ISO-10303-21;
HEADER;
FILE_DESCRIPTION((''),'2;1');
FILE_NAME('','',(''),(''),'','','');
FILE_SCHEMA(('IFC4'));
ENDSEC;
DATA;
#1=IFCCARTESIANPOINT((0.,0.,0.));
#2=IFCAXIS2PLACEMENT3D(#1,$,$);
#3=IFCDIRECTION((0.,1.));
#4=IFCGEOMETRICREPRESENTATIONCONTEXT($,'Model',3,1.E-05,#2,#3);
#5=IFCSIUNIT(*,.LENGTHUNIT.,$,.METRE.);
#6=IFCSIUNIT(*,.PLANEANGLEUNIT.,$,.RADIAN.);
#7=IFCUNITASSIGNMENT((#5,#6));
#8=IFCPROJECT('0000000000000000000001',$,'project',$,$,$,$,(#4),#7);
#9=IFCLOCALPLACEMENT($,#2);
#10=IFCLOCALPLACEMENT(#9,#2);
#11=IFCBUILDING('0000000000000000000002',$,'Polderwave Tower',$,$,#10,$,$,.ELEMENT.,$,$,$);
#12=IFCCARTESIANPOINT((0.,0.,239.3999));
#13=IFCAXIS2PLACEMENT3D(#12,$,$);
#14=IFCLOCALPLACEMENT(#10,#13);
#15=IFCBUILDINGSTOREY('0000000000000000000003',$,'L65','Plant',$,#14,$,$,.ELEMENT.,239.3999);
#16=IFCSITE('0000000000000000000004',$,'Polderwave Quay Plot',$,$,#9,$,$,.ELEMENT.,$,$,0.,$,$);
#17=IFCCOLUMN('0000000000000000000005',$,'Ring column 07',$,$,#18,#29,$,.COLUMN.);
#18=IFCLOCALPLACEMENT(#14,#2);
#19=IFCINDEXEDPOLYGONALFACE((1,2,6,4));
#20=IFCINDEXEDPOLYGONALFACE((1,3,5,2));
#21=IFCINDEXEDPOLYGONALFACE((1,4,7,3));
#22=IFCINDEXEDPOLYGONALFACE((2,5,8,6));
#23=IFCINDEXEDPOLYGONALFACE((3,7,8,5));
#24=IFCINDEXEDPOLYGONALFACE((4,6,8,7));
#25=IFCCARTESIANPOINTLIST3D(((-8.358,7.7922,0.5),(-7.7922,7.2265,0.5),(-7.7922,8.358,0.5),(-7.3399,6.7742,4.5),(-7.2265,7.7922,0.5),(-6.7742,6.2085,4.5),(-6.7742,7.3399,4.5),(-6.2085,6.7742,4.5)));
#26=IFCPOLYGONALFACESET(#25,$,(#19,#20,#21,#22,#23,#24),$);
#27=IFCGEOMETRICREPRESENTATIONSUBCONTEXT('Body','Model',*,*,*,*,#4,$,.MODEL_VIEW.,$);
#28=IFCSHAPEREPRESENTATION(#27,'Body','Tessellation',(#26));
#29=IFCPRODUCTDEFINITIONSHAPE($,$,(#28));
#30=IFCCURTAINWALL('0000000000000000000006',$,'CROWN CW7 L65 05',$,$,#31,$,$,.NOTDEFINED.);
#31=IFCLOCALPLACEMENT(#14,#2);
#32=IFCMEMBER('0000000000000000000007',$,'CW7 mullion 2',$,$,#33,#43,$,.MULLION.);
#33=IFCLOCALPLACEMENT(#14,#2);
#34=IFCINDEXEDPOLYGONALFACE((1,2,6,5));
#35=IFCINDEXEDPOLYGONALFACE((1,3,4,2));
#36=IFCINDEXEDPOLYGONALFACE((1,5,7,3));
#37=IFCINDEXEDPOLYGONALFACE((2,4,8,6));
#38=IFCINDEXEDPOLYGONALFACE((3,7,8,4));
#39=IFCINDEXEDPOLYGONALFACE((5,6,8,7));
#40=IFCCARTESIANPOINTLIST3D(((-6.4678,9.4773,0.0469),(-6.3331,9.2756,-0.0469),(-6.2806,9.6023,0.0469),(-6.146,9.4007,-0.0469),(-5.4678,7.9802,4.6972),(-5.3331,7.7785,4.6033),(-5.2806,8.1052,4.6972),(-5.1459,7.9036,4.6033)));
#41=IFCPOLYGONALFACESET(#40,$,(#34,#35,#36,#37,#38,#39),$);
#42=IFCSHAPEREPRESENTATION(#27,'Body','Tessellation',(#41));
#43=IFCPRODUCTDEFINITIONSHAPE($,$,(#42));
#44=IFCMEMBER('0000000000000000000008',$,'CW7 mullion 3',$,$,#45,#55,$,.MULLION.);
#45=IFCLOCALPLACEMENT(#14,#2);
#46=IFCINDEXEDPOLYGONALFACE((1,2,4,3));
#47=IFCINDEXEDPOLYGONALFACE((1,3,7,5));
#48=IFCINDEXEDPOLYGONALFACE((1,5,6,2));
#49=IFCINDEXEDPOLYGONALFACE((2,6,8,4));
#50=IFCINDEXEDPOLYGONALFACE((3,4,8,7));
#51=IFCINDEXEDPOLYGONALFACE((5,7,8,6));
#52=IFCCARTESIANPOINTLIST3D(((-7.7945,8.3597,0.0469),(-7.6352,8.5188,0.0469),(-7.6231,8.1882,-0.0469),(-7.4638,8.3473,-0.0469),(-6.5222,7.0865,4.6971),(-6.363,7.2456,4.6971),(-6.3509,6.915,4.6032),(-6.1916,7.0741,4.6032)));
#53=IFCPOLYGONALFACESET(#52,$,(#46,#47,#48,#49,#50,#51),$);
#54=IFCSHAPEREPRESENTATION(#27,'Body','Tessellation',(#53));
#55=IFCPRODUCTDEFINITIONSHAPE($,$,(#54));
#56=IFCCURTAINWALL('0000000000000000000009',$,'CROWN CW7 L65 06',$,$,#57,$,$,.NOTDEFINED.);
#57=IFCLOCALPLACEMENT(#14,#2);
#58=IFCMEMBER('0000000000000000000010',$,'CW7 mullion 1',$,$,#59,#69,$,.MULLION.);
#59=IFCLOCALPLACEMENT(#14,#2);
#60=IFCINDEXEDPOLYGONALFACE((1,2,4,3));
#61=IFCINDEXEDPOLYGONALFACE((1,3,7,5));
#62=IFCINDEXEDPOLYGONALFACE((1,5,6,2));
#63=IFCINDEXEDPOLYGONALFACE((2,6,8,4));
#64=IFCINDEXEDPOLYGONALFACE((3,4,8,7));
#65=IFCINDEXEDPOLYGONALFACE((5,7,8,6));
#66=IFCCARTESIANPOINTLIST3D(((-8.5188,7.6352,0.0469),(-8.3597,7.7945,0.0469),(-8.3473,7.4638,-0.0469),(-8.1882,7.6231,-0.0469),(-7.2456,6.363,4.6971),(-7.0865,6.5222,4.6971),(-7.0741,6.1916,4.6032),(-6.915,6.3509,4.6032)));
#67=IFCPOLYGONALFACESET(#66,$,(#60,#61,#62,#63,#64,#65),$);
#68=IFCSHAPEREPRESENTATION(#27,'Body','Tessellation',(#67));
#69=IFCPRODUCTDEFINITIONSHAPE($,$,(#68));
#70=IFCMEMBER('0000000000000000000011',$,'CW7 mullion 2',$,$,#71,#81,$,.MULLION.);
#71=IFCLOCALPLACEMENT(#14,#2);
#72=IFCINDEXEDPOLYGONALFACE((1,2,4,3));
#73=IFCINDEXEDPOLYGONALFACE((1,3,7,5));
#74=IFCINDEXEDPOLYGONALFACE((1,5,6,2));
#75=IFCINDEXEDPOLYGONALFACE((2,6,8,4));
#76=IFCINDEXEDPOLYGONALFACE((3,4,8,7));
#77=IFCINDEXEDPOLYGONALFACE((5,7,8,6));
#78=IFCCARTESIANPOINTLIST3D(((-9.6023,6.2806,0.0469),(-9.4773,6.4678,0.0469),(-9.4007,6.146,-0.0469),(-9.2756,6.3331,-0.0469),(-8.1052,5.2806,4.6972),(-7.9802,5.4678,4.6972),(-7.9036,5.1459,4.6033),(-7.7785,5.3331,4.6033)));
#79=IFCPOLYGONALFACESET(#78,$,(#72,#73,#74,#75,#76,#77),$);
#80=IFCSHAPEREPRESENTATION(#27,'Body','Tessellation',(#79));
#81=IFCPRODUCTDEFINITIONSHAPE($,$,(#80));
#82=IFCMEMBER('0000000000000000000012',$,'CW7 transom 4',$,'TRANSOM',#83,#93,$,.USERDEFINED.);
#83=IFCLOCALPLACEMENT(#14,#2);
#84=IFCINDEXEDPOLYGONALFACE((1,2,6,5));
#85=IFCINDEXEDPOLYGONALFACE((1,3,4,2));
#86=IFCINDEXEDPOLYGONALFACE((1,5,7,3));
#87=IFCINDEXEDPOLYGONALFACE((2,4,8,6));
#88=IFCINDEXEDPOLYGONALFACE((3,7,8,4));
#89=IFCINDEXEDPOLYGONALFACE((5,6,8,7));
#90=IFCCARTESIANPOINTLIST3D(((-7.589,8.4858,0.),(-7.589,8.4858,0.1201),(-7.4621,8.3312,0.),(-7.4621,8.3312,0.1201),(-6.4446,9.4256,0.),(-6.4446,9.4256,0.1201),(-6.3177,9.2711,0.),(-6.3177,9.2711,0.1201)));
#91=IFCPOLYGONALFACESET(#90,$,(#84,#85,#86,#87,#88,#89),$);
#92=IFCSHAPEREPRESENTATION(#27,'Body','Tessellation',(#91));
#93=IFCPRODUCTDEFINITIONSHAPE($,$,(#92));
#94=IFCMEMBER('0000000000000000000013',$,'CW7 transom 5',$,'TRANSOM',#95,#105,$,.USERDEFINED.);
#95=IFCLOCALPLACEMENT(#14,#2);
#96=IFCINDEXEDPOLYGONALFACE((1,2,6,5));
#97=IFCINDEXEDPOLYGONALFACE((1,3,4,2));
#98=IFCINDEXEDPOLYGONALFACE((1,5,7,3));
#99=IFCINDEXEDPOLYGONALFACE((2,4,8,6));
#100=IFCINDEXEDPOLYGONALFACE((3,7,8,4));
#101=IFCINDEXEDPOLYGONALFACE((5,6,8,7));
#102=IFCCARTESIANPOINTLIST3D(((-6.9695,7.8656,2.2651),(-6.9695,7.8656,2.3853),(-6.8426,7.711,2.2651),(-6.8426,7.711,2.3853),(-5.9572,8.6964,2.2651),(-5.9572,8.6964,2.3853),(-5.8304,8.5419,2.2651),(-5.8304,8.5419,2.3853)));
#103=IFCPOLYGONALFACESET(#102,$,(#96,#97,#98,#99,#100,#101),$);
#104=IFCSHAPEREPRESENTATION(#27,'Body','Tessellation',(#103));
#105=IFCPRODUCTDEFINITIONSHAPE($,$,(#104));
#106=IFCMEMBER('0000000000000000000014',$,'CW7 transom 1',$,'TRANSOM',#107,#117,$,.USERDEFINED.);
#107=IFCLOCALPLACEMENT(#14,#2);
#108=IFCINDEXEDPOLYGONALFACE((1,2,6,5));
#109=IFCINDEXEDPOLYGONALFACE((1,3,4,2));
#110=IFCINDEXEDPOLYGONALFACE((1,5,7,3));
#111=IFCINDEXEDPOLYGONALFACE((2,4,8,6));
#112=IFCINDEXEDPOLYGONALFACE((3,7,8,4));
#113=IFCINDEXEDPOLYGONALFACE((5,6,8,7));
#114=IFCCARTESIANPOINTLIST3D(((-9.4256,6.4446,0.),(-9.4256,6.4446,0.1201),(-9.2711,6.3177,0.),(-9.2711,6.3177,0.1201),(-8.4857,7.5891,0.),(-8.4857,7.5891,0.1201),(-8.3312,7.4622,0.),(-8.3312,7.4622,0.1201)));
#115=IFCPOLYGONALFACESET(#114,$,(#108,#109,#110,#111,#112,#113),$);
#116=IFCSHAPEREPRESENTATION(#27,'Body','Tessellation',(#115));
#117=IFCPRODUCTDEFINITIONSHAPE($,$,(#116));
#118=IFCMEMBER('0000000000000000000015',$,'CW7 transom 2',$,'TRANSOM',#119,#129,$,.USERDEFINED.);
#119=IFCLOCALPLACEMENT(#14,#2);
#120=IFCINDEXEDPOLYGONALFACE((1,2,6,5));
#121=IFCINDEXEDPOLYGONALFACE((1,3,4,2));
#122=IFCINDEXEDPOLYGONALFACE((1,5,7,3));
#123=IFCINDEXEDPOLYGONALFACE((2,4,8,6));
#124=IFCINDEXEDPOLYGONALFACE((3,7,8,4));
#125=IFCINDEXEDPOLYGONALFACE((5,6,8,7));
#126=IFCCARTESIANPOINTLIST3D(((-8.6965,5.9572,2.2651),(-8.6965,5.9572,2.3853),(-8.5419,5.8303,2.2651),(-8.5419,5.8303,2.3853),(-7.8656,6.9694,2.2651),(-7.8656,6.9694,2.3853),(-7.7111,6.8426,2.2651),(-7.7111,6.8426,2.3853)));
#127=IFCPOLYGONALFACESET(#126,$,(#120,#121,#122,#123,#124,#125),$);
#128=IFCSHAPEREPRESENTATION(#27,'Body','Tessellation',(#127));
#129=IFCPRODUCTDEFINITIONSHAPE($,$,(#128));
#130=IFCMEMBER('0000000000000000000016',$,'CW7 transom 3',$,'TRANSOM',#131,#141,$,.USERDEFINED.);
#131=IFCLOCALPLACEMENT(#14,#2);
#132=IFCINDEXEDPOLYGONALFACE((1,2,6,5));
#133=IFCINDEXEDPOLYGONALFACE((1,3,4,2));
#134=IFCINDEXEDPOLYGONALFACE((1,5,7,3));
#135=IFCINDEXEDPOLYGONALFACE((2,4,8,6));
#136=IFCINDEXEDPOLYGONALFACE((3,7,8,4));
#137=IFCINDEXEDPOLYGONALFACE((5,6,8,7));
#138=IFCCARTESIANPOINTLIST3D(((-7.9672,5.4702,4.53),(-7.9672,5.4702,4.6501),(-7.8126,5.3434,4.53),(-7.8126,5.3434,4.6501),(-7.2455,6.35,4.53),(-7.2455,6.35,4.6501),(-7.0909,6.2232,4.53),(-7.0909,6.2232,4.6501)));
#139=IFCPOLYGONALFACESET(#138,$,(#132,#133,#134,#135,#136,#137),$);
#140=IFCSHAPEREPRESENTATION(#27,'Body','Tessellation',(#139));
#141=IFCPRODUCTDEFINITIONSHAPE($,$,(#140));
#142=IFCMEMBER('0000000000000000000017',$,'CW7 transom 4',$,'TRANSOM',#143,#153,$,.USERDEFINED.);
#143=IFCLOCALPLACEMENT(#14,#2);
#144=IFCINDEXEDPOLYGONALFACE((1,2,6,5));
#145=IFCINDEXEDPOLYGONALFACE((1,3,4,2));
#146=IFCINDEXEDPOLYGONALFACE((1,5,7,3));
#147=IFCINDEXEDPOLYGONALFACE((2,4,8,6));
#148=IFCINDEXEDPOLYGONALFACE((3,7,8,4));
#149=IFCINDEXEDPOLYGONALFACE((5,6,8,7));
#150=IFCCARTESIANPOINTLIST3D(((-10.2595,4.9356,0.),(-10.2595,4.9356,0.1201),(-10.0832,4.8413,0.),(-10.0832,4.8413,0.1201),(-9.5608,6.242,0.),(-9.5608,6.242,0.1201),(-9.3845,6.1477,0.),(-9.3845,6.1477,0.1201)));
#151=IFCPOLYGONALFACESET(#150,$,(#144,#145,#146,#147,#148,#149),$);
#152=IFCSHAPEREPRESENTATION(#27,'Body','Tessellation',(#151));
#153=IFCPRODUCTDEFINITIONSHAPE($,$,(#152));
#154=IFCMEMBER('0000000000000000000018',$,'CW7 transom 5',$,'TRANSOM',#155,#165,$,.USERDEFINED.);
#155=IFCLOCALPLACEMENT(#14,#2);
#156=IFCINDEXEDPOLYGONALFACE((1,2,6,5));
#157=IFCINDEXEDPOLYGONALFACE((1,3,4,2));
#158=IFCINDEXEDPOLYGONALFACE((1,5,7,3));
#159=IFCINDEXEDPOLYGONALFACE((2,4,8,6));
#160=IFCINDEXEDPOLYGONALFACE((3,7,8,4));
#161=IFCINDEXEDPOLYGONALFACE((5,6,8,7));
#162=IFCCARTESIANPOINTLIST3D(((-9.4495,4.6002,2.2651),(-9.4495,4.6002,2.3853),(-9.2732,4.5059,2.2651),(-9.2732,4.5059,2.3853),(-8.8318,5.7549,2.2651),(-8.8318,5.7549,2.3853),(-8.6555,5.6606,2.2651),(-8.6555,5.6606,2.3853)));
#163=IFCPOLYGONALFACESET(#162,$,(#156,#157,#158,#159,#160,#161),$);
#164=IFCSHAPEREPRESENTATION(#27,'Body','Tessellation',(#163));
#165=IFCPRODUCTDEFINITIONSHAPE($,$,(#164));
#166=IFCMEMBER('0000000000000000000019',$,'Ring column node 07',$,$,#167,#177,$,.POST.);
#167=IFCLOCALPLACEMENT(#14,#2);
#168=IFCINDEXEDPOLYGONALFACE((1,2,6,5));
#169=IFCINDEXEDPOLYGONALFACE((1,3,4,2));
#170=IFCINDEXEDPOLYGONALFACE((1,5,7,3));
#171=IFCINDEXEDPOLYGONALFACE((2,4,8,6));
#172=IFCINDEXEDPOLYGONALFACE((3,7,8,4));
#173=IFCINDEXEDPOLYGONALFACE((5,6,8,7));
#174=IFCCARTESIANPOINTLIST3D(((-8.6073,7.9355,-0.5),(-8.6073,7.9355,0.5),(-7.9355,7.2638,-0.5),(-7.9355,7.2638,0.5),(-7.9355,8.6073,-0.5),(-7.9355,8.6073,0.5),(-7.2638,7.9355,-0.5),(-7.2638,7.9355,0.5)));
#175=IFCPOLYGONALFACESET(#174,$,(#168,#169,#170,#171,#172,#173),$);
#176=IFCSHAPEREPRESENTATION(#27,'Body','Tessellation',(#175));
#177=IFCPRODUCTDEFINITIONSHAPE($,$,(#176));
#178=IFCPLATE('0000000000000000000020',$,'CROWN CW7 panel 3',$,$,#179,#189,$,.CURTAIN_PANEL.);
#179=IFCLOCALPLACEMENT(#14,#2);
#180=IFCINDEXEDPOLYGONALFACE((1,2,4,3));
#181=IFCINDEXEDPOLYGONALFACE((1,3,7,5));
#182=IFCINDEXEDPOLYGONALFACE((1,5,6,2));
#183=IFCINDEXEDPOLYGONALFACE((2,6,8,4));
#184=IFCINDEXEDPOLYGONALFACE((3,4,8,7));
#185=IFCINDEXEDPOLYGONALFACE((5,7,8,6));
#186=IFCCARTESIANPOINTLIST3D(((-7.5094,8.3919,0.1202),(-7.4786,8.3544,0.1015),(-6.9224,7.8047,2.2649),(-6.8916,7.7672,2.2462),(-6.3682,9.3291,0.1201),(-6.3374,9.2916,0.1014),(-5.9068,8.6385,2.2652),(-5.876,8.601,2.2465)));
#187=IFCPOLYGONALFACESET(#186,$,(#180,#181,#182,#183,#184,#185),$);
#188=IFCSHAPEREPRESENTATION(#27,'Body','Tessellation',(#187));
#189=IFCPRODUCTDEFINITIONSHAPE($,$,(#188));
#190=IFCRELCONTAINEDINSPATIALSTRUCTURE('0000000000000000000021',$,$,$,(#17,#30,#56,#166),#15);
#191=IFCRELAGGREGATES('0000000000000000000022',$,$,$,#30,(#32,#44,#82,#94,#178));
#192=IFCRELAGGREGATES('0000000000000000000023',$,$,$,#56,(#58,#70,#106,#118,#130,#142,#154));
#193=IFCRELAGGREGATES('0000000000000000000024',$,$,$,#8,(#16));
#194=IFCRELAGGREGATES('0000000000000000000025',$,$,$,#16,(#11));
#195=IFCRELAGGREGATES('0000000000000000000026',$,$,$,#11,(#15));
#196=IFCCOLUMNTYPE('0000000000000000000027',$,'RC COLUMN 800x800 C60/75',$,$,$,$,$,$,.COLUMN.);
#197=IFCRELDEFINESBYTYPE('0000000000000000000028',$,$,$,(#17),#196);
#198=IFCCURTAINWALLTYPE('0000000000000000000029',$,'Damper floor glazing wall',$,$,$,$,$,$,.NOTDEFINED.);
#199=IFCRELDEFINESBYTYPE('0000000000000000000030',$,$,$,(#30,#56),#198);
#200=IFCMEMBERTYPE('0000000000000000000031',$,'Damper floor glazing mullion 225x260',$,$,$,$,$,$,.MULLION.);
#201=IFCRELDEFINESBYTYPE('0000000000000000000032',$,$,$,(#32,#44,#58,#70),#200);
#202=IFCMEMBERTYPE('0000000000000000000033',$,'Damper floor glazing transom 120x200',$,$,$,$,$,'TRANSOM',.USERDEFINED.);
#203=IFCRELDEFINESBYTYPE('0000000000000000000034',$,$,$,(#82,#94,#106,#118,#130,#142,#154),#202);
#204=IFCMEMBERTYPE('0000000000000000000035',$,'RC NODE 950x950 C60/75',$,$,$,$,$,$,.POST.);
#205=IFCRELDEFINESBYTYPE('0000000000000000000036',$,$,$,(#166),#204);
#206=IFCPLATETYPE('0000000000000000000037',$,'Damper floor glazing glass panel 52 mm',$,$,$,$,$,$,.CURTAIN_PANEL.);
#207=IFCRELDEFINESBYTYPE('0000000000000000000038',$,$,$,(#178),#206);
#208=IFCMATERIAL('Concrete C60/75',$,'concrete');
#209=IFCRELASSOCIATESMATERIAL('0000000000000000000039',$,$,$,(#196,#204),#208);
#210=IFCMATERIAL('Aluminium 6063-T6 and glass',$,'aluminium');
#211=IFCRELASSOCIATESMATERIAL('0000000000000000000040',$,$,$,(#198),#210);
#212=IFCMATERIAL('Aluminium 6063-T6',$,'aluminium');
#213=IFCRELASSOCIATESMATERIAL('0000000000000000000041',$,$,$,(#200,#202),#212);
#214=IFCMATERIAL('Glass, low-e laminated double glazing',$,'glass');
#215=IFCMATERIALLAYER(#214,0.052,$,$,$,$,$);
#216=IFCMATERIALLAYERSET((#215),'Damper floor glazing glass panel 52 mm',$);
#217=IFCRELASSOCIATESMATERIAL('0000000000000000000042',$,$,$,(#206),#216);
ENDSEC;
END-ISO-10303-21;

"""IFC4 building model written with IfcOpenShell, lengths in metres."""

from ifc_helpers import new_model, si_unit, direction, frame, origin, origin_2d, place, context, subcontext, project, spatial, polyline, rectangle, outline, extrude, material, layer, layer_set, material_profile, profile_set, type_object, element, aggregate, save


model = new_model("IFC4")

# Units and contexts
model_context = context("Model", 3, precision=1e-05, world=origin(), true_north=direction((0.0, 1.0)))
body_context = subcontext(model_context, "Body", "Model", "MODEL_VIEW")
ifc_project = project(units=[si_unit("LENGTHUNIT", "METRE"), si_unit("PLANEANGLEUNIT", "RADIAN")], contexts=[model_context])

# Site, building, storey
site_placement = place(None, origin())
site = spatial("IfcSite", under=ifc_project, at=site_placement, Name="Polderwave Quay Plot", CompositionType="ELEMENT", RefElevation=0.0)
building_placement = place(site_placement, origin())
building = spatial("IfcBuilding", under=site, at=building_placement, Name="Polderwave Tower", CompositionType="ELEMENT")
storey_placement = place(building_placement, frame((0.0, 0.0, 239.3999)))
storey = spatial("IfcBuildingStorey", under=building, at=storey_placement, Name="L65", Description="Plant", CompositionType="ELEMENT", Elevation=239.3999)

# Column
ifc_material_1 = material(Name="Concrete C60/75", Category="concrete")
ifc_material_profile_1 = material_profile(ifc_material_1, rectangle(XDim=0.8, YDim=0.8, at=origin_2d()), Name="RC 800x800")
ifc_profile_set_1 = profile_set([ifc_material_profile_1], Name="Concrete C60/75")
column_type = type_object("IfcColumnType", Name="RC COLUMN 800x800 C60/75", PredefinedType="COLUMN", material=ifc_profile_set_1)
column_placement = place(storey_placement, frame((-7.7922, 7.7922, 0.5), z_axis=(0.0, 0.0, 1.0), x_axis=(0.707107, 0.707107, 0.0)))
element("IfcColumn", 1, at=column_placement, inside=storey, type_object=column_type, Name="Ring column 07", PredefinedType="COLUMN", context=body_context, shape_type="SweptSolid", body=[
    extrude(rectangle(XDim=0.8, YDim=0.8, at=origin_2d()), origin(), (0.0, -0.33867, 0.940905), 4.2512),
])

# Curtain walls, members
ifc_material_2 = material(Name="Aluminium 6063-T6 and glass", Category="aluminium")
curtain_wall_type = type_object("IfcCurtainWallType", Name="Damper floor glazing wall", PredefinedType="NOTDEFINED", material=ifc_material_2)
curtain_wall_1_placement = place(storey_placement, origin())
curtain_wall_1 = element("IfcCurtainWall", 2, at=curtain_wall_1_placement, inside=storey, type_object=curtain_wall_type, Name="CROWN CW7 L65 05", PredefinedType="NOTDEFINED")
ifc_material_3 = material(Name="Aluminium 6063-T6", Category="aluminium")
ifc_material_profile_2 = material_profile(ifc_material_3, rectangle(XDim=0.2251, YDim=0.26, at=origin_2d()), Name="AL 225x260")
ifc_profile_set_2 = profile_set([ifc_material_profile_2], Name="Aluminium 6063-T6")
member_type_1 = type_object("IfcMemberType", Name="Damper floor glazing mullion 225x260", PredefinedType="MULLION", material=ifc_profile_set_2)
member_1_placement = place(storey_placement, frame((-6.3069, 9.439, 0.0), z_axis=(0.200542, -0.300225, 0.932549), x_axis=(0.831549, 0.555451, 0.0)))
member_1 = element("IfcMember", 3, at=member_1_placement, type_object=member_type_1, Name="CW7 mullion 2", PredefinedType="MULLION", context=body_context, shape_type="SweptSolid", body=[
    extrude(rectangle(XDim=0.2251, YDim=0.26, at=origin_2d()), origin(), (0.0, 0.0, 1.0), 4.9866),
])
member_2_placement = place(storey_placement, frame((-7.6292, 8.3535, 0.0), z_axis=(0.255141, -0.255337, 0.93258), x_axis=(0.707378, 0.706835, 0.0)))
member_2 = element("IfcMember", 4, at=member_2_placement, type_object=member_type_1, Name="CW7 mullion 3", PredefinedType="MULLION", context=body_context, shape_type="SweptSolid", body=[
    extrude(rectangle(XDim=0.2251, YDim=0.26, at=origin_2d()), origin(), (0.0, 0.0, 1.0), 4.9863),
])
curtain_wall_2_placement = place(storey_placement, origin())
curtain_wall_2 = element("IfcCurtainWall", 5, at=curtain_wall_2_placement, inside=storey, type_object=curtain_wall_type, Name="CROWN CW7 L65 06", PredefinedType="NOTDEFINED")
member_3_placement = place(storey_placement, frame((-8.3535, 7.6292, 0.0), z_axis=(0.255337, -0.255141, 0.93258), x_axis=(0.706835, 0.707378, 0.0)))
member_3 = element("IfcMember", 6, at=member_3_placement, type_object=member_type_1, Name="CW7 mullion 1", PredefinedType="MULLION", context=body_context, shape_type="SweptSolid", body=[
    extrude(rectangle(XDim=0.2251, YDim=0.26, at=origin_2d()), origin(), (0.0, 0.0, 1.0), 4.9863),
])
member_4_placement = place(storey_placement, frame((-9.439, 6.3069, 0.0), z_axis=(0.300225, -0.200542, 0.932549), x_axis=(0.555451, 0.831549, 0.0)))
member_4 = element("IfcMember", 7, at=member_4_placement, type_object=member_type_1, Name="CW7 mullion 2", PredefinedType="MULLION", context=body_context, shape_type="SweptSolid", body=[
    extrude(rectangle(XDim=0.2251, YDim=0.26, at=origin_2d()), origin(), (0.0, 0.0, 1.0), 4.9866),
])

# Members
ifc_material_profile_3 = material_profile(ifc_material_3, rectangle(XDim=0.2, YDim=0.1201, at=origin_2d()), Name="AL 120x200")
ifc_profile_set_3 = profile_set([ifc_material_profile_3], Name="Aluminium 6063-T6")
member_type_2 = type_object("IfcMemberType", Name="Damper floor glazing transom 120x200", ElementType="TRANSOM", PredefinedType="USERDEFINED", material=ifc_profile_set_3)
member_5_placement = place(storey_placement, frame((-6.3811, 9.3484, 0.0601), z_axis=(-0.772796, -0.634655, 0.0), x_axis=(0.634655, -0.772796, 0.0)))
member_5 = element("IfcMember", 8, at=member_5_placement, type_object=member_type_2, Name="CW7 transom 4", ObjectType="TRANSOM", PredefinedType="USERDEFINED", context=body_context, shape_type="SweptSolid", body=[
    extrude(rectangle(XDim=0.2, YDim=0.1201, at=origin_2d()), origin(), (0.0, 0.0, 1.0), 1.481),
])
member_6_placement = place(storey_placement, frame((-5.8938, 8.6191, 2.3252), z_axis=(-0.772968, -0.634445, 0.0), x_axis=(0.634445, -0.772968, 0.0)))
member_6 = element("IfcMember", 9, at=member_6_placement, type_object=member_type_2, Name="CW7 transom 5", ObjectType="TRANSOM", PredefinedType="USERDEFINED", context=body_context, shape_type="SweptSolid", body=[
    extrude(rectangle(XDim=0.2, YDim=0.1201, at=origin_2d()), origin(), (0.0, 0.0, 1.0), 1.3096),
])
member_7_placement = place(storey_placement, frame((-8.4084, 7.5256, 0.0601), z_axis=(-0.634655, -0.772796, 0.0), x_axis=(0.772796, -0.634655, 0.0)))
member_7 = element("IfcMember", 10, at=member_7_placement, type_object=member_type_2, Name="CW7 transom 1", ObjectType="TRANSOM", PredefinedType="USERDEFINED", context=body_context, shape_type="SweptSolid", body=[
    extrude(rectangle(XDim=0.2, YDim=0.1201, at=origin_2d()), origin(), (0.0, 0.0, 1.0), 1.481),
])
member_8_placement = place(storey_placement, frame((-7.7883, 6.906, 2.3252), z_axis=(-0.634445, -0.772968, 0.0), x_axis=(0.772968, -0.634445, 0.0)))
member_8 = element("IfcMember", 11, at=member_8_placement, type_object=member_type_2, Name="CW7 transom 2", ObjectType="TRANSOM", PredefinedType="USERDEFINED", context=body_context, shape_type="SweptSolid", body=[
    extrude(rectangle(XDim=0.2, YDim=0.1201, at=origin_2d()), origin(), (0.0, 0.0, 1.0), 1.3096),
])
member_9_placement = place(storey_placement, frame((-7.1682, 6.2866, 4.5901), z_axis=(-0.634172, -0.773192, 0.0), x_axis=(0.773192, -0.634172, 0.0)))
member_9 = element("IfcMember", 12, at=member_9_placement, type_object=member_type_2, Name="CW7 transom 3", ObjectType="TRANSOM", PredefinedType="USERDEFINED", context=body_context, shape_type="SweptSolid", body=[
    extrude(rectangle(XDim=0.2, YDim=0.1201, at=origin_2d()), origin(), (0.0, 0.0, 1.0), 1.1379),
])
member_10_placement = place(storey_placement, frame((-9.4727, 6.1948, 0.0601), z_axis=(-0.471631, -0.881796, 0.0), x_axis=(0.881796, -0.471631, 0.0)))
member_10 = element("IfcMember", 13, at=member_10_placement, type_object=member_type_2, Name="CW7 transom 4", ObjectType="TRANSOM", PredefinedType="USERDEFINED", context=body_context, shape_type="SweptSolid", body=[
    extrude(rectangle(XDim=0.2, YDim=0.1201, at=origin_2d()), origin(), (0.0, 0.0, 1.0), 1.4814),
])
member_11_placement = place(storey_placement, frame((-8.7437, 5.7078, 2.3252), z_axis=(-0.471652, -0.881785, 0.0), x_axis=(0.881785, -0.471652, 0.0)))
member_11 = element("IfcMember", 14, at=member_11_placement, type_object=member_type_2, Name="CW7 transom 5", ObjectType="TRANSOM", PredefinedType="USERDEFINED", context=body_context, shape_type="SweptSolid", body=[
    extrude(rectangle(XDim=0.2, YDim=0.1201, at=origin_2d()), origin(), (0.0, 0.0, 1.0), 1.3096),
])
ifc_material_profile_4 = material_profile(ifc_material_1, rectangle(XDim=0.95, YDim=0.95, at=origin_2d()), Name="RC 950x950")
ifc_profile_set_4 = profile_set([ifc_material_profile_4], Name="Concrete C60/75")
member_type_3 = type_object("IfcMemberType", Name="RC NODE 950x950 C60/75", PredefinedType="POST", material=ifc_profile_set_4)
member_12_placement = place(storey_placement, frame((-7.9355, 7.9355, -0.5), z_axis=(0.0, 0.0, 1.0), x_axis=(-0.707107, 0.707107, 0.0)))
element("IfcMember", 15, at=member_12_placement, inside=storey, type_object=member_type_3, Name="Ring column node 07", PredefinedType="POST", context=body_context, shape_type="SweptSolid", body=[
    extrude(rectangle(XDim=0.95, YDim=0.95, at=origin_2d()), origin(), (0.0, 0.0, 1.0), 1.0),
])

# Plate
ifc_material_4 = material(Name="Glass, low-e laminated double glazing", Category="glass")
ifc_layer_1 = layer(ifc_material_4, 0.052)
ifc_layer_set_1 = layer_set([ifc_layer_1], Name="Damper floor glazing glass panel 52 mm")
plate_type = type_object("IfcPlateType", Name="Damper floor glazing glass panel 52 mm", PredefinedType="CURTAIN_PANEL", material=ifc_layer_set_1)
plate_1_placement = place(storey_placement, frame((-6.3682, 9.3291, 0.1201), z_axis=(-0.592199, 0.721136, 0.359532), x_axis=(-0.772805, -0.634644, 0.00003)))
plate_1 = element("IfcPlate", 16, at=plate_1_placement, type_object=plate_type, Name="CROWN CW7 panel 3", PredefinedType="CURTAIN_PANEL", context=body_context, shape_type="SweptSolid", body=[
    extrude(outline(polyline([(0.0, 0.0), (1.4767, 0.0), (1.3958, 2.2984), (0.0818, 2.2988), (0.0, 0.0)])), origin(), (0.0, 0.0, -1.0), 0.052),
])
aggregate(curtain_wall_1, [member_1, member_2, member_5, member_6, plate_1])
aggregate(curtain_wall_2, [member_3, member_4, member_7, member_8, member_9, member_10, member_11])

save(model, "model.ifc")
